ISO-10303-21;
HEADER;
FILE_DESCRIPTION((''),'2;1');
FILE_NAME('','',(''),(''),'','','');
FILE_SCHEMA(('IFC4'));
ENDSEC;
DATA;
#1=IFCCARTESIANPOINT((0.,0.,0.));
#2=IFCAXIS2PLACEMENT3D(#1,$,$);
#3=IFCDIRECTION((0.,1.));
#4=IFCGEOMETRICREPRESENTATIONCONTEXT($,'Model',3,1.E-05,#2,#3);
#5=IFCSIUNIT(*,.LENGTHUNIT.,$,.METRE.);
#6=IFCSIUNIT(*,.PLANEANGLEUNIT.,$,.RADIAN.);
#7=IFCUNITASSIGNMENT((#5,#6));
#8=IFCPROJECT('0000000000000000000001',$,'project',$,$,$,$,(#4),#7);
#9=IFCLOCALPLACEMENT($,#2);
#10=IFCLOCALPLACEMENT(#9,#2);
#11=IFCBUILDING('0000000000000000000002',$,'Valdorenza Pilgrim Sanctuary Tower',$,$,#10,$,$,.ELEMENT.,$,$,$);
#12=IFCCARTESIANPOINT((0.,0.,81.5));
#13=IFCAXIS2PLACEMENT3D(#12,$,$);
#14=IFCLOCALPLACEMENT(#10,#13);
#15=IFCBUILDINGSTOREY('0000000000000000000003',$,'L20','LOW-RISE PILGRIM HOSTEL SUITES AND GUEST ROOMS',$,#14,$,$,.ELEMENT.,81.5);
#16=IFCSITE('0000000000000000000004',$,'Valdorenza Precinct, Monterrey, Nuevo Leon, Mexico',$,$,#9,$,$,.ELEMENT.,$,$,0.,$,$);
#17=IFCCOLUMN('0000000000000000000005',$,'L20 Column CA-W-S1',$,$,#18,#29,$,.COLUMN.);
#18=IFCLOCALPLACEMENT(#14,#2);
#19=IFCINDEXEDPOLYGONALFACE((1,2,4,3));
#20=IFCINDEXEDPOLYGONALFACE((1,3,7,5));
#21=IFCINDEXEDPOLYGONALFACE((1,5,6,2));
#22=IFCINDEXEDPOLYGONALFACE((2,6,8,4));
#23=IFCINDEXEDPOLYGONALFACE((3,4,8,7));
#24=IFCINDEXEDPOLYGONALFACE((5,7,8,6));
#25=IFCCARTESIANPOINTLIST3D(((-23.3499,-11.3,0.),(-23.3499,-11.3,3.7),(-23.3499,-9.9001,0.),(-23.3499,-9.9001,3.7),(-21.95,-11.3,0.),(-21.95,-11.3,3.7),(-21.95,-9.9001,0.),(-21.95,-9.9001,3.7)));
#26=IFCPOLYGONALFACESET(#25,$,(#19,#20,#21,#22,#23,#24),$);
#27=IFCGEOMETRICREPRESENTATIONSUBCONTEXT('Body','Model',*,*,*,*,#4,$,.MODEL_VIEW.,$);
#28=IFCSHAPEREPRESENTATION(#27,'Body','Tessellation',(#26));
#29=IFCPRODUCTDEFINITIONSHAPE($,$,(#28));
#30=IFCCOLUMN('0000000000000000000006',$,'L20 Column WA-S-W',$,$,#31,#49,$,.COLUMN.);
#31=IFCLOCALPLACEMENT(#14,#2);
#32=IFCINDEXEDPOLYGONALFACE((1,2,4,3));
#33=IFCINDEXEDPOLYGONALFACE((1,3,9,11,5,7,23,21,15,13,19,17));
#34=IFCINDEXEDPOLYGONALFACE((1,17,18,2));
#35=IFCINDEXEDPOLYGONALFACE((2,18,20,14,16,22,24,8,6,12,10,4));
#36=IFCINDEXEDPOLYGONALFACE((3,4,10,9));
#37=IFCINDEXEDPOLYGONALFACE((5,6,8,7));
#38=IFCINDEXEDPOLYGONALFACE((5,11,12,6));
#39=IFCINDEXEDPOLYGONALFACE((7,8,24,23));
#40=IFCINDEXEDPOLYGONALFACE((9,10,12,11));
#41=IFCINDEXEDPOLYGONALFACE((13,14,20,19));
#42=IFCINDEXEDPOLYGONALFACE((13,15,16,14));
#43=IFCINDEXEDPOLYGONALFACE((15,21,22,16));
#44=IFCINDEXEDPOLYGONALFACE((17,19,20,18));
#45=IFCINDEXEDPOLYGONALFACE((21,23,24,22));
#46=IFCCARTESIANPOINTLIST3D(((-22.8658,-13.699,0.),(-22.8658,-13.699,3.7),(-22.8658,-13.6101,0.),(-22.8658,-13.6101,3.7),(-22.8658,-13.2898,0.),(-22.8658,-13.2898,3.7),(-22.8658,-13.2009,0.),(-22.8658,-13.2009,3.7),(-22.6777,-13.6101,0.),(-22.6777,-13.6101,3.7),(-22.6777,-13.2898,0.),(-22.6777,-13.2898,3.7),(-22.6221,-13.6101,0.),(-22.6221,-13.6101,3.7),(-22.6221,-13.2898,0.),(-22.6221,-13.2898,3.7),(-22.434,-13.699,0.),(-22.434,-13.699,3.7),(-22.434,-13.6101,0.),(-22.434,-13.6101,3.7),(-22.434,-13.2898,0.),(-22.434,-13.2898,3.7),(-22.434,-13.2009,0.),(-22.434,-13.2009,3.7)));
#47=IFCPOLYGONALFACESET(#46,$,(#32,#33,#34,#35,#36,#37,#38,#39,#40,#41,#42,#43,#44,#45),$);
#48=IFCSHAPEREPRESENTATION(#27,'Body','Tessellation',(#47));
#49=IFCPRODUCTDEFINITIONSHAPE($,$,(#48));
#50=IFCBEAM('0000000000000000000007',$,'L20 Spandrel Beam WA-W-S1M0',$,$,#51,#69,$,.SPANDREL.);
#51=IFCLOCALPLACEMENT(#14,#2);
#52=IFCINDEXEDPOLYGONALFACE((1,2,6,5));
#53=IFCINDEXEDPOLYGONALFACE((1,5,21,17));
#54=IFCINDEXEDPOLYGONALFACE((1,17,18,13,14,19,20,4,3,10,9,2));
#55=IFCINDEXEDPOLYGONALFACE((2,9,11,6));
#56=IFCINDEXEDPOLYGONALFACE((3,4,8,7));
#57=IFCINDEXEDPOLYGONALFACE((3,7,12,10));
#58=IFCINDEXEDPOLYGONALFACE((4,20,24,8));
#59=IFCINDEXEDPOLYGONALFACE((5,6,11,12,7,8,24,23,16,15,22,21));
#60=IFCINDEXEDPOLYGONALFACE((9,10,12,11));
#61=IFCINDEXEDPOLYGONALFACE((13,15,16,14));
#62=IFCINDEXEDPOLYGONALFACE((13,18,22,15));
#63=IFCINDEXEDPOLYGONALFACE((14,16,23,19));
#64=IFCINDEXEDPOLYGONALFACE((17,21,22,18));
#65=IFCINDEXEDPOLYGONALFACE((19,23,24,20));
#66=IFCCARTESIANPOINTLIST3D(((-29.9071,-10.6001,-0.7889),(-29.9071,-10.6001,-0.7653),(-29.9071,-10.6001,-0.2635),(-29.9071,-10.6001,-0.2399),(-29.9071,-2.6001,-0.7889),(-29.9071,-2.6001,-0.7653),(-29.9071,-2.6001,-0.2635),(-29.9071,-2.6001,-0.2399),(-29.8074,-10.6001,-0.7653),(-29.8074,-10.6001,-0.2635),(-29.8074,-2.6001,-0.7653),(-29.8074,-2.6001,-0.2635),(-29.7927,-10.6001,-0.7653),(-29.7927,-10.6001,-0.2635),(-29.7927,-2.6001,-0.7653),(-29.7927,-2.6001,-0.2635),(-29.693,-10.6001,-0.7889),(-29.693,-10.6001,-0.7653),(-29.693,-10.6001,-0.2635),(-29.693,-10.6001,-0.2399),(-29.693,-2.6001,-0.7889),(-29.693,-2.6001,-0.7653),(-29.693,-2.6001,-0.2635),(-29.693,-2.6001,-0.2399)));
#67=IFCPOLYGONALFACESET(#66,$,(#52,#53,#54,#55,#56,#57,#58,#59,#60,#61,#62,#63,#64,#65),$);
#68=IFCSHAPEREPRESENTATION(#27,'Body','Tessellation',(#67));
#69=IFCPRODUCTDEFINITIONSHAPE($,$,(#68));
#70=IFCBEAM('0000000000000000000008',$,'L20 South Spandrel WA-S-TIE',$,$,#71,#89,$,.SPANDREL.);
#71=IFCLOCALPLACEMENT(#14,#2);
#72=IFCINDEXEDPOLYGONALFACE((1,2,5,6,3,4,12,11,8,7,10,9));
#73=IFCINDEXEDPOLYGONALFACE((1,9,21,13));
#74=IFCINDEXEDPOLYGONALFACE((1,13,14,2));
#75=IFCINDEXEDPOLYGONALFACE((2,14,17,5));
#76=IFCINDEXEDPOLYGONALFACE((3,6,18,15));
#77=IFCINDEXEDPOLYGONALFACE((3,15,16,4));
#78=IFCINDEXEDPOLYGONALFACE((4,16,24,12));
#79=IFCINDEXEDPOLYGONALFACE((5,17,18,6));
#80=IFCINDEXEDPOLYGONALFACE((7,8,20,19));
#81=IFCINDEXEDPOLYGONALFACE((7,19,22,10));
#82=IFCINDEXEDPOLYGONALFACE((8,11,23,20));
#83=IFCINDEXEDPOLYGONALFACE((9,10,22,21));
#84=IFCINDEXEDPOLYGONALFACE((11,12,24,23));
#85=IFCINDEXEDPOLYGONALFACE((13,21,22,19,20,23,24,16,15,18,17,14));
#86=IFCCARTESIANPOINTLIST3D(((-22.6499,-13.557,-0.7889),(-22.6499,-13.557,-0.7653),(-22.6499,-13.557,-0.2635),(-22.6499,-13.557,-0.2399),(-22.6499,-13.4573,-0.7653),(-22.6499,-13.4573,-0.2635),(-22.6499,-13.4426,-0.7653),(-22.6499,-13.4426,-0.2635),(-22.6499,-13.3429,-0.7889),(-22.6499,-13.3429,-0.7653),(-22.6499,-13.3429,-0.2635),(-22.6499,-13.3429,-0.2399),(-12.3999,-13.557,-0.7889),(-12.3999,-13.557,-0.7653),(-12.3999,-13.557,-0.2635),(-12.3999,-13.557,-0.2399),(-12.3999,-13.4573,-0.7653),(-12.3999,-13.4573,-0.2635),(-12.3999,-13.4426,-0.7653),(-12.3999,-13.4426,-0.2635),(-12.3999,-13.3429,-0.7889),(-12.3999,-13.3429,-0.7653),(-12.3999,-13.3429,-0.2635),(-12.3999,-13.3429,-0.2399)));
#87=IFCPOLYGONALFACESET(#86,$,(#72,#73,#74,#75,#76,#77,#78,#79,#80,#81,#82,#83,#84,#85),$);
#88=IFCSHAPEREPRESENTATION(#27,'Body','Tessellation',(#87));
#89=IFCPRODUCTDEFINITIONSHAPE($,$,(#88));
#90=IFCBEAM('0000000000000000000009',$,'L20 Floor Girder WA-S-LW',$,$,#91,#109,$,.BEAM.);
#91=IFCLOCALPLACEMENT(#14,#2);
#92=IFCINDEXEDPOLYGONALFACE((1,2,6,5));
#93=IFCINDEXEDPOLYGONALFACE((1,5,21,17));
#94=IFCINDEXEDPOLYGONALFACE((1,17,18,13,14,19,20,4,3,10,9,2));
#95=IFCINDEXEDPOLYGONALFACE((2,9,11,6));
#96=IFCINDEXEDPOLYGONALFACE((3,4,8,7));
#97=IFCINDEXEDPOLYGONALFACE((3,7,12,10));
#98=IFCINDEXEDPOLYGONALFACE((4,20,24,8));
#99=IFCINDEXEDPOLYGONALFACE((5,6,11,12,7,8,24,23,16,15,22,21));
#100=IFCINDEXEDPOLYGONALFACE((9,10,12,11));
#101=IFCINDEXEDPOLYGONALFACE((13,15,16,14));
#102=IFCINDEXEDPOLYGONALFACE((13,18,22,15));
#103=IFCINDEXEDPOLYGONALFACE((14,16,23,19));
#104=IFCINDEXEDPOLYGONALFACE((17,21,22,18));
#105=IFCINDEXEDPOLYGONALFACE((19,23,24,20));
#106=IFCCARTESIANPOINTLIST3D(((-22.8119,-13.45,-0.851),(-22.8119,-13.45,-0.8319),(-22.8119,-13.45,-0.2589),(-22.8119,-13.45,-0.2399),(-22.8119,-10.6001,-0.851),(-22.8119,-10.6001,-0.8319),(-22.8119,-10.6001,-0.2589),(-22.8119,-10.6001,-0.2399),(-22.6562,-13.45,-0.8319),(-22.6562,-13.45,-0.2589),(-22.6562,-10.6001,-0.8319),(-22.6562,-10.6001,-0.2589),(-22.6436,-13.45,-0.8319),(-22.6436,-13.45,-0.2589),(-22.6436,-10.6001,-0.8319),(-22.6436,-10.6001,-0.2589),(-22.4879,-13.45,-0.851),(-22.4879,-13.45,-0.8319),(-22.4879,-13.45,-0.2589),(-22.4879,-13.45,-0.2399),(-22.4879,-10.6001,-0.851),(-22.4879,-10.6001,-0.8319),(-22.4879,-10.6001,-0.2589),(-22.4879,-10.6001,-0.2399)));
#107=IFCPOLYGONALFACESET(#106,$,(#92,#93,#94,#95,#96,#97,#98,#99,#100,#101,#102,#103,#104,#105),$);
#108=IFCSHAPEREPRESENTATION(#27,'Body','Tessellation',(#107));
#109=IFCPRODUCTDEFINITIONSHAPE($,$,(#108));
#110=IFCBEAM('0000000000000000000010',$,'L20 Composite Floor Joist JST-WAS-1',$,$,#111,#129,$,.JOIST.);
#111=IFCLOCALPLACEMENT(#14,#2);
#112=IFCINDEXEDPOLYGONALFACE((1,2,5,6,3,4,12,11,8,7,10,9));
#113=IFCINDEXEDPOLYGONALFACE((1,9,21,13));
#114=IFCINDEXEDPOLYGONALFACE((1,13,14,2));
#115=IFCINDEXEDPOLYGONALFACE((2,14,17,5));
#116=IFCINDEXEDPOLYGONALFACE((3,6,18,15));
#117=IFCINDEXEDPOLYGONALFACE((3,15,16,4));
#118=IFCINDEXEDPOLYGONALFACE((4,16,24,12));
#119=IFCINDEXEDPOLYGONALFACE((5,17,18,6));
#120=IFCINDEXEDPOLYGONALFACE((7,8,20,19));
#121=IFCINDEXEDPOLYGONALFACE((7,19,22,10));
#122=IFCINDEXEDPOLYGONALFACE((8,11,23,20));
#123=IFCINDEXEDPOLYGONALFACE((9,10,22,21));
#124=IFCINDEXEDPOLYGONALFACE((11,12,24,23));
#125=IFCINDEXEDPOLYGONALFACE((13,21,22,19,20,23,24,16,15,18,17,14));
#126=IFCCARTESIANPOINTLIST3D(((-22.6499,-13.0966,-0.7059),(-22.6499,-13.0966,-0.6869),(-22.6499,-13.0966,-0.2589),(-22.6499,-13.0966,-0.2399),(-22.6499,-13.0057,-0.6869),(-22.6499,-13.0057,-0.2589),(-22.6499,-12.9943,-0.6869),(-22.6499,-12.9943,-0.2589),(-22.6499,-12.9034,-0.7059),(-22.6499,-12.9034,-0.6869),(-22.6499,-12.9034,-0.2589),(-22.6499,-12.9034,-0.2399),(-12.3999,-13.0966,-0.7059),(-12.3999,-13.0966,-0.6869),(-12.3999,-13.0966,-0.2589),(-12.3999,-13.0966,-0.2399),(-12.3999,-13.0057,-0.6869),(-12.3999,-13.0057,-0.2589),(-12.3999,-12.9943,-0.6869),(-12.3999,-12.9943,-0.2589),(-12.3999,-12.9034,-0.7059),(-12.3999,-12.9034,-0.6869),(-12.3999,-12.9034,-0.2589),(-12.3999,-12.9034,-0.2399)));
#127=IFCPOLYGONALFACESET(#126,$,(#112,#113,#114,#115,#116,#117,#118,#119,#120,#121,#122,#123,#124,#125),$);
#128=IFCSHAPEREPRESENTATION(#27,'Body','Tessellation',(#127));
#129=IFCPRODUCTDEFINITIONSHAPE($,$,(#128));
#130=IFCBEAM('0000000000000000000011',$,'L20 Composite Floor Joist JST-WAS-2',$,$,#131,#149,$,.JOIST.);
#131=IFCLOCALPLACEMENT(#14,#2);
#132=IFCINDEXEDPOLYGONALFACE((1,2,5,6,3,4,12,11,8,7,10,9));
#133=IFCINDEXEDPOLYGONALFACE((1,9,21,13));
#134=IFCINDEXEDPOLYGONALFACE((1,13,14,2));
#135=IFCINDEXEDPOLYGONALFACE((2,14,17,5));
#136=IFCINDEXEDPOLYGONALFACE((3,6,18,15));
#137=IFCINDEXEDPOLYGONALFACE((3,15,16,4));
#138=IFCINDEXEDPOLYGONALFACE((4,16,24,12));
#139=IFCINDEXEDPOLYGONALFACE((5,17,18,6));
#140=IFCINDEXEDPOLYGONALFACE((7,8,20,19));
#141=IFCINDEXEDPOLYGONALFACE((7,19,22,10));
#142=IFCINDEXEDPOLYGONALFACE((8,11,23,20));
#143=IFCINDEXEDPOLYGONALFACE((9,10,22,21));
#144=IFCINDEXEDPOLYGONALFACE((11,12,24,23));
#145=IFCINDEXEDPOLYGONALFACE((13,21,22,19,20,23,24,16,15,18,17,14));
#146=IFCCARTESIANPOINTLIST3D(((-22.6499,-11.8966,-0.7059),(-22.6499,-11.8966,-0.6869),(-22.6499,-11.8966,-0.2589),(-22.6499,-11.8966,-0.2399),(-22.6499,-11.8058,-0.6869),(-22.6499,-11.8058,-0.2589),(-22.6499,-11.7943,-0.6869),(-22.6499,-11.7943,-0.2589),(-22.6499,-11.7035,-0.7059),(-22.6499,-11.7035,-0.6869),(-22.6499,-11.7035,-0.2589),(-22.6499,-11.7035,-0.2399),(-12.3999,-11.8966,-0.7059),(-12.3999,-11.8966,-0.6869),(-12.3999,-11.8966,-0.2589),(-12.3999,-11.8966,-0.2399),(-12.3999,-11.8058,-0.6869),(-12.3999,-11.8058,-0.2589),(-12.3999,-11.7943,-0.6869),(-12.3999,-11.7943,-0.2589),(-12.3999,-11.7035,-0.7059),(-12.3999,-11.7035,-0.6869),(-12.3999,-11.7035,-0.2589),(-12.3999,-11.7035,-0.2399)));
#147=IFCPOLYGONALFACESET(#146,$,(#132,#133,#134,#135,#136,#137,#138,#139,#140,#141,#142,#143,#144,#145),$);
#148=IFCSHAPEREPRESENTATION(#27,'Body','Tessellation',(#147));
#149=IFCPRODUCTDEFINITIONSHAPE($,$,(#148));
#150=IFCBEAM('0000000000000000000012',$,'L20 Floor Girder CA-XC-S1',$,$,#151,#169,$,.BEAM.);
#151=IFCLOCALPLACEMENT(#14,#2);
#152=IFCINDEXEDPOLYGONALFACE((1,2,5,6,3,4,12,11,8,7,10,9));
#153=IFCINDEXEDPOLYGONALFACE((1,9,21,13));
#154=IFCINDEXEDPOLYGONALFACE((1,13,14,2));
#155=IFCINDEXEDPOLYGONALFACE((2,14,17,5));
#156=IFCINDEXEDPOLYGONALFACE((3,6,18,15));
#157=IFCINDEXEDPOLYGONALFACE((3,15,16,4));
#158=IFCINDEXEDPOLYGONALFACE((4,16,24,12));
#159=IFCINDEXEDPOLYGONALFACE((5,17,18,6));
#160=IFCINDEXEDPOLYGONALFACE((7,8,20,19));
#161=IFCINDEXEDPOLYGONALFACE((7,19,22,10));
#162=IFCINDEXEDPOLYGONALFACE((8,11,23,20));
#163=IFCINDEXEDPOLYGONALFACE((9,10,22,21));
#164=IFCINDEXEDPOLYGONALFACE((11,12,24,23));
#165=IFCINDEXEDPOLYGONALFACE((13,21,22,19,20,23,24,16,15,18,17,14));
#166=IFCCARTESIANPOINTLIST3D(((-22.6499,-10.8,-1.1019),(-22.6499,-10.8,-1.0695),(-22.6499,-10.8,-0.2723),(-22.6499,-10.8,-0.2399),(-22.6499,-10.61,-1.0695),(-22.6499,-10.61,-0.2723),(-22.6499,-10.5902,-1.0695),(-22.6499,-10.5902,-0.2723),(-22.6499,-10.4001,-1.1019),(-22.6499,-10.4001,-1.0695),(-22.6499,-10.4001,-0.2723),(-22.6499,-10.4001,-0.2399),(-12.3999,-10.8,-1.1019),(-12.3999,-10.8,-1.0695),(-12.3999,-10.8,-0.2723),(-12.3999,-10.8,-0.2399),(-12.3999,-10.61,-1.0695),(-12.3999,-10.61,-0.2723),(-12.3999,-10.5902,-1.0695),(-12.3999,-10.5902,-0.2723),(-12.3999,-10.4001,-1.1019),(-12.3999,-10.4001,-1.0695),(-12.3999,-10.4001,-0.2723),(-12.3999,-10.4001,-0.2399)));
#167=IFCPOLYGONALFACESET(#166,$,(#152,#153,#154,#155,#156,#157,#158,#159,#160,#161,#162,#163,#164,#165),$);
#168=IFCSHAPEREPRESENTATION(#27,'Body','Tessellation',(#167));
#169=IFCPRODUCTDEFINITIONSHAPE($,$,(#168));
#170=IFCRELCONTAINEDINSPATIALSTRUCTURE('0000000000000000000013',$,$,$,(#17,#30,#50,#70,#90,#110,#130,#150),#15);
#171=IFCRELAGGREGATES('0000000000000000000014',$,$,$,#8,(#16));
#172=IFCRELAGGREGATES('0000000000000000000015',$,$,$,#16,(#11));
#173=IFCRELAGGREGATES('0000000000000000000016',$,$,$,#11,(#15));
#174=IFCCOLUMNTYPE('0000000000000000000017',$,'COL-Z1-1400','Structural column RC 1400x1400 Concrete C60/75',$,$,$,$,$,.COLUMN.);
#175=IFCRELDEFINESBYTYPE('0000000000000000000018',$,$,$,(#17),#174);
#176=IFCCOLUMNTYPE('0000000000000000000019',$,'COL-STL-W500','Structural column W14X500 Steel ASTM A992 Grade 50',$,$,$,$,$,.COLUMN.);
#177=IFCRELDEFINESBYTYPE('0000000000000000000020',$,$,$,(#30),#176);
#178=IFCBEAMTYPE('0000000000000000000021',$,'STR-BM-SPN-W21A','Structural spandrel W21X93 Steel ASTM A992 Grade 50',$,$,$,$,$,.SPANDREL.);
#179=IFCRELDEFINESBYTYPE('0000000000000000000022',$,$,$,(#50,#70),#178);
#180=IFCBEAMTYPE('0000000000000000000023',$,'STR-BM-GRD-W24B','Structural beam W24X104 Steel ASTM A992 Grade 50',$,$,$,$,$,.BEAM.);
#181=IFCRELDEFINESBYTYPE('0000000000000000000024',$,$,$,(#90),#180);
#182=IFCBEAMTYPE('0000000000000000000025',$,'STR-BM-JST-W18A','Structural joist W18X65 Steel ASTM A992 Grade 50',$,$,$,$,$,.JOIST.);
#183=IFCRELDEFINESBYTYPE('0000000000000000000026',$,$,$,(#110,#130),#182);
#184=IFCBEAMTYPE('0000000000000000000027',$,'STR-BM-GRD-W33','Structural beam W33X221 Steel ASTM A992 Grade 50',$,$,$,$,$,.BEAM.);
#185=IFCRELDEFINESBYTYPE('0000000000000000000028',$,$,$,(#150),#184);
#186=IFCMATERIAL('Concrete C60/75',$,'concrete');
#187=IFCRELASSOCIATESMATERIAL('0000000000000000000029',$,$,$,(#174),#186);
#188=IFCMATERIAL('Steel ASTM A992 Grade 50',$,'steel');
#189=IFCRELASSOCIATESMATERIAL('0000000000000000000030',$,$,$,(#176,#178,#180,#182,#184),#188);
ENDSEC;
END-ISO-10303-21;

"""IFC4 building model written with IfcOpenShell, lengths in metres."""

from ifc_helpers import new_model, si_unit, direction, frame, origin, origin_2d, place, context, subcontext, project, spatial, rectangle, i_section, extrude, source, transform, mapped, material, material_profile, profile_set, type_object, element, save


model = new_model("IFC4")

# Units and contexts
model_context = context("Model", 3, precision=1e-05, world=origin(), true_north=direction((0.0, 1.0)))
body_context = subcontext(model_context, "Body", "Model", "MODEL_VIEW")
ifc_project = project(units=[si_unit("LENGTHUNIT", "METRE"), si_unit("PLANEANGLEUNIT", "RADIAN")], contexts=[model_context])

# Site, building, storey
site_placement = place(None, origin())
site = spatial("IfcSite", under=ifc_project, at=site_placement, Name="Valdorenza Precinct, Monterrey, Nuevo Leon, Mexico", CompositionType="ELEMENT", RefElevation=0.0)
building_placement = place(site_placement, origin())
building = spatial("IfcBuilding", under=site, at=building_placement, Name="Valdorenza Pilgrim Sanctuary Tower", CompositionType="ELEMENT")
storey_placement = place(building_placement, frame((0.0, 0.0, 81.5)))
storey = spatial("IfcBuildingStorey", under=building, at=storey_placement, Name="L20", Description="LOW-RISE PILGRIM HOSTEL SUITES AND GUEST ROOMS", CompositionType="ELEMENT", Elevation=81.5)

# Columns
ifc_material_1 = material(Name="Concrete C60/75", Category="concrete")
ifc_material_profile_1 = material_profile(ifc_material_1, rectangle(XDim=1.3999, YDim=1.3999, at=origin_2d()), Name="RC 1400x1400")
ifc_profile_set_1 = profile_set([ifc_material_profile_1], Name="Concrete C60/75")
column_type_1 = type_object("IfcColumnType", Name="COL-Z1-1400", Description="Structural column RC 1400x1400 Concrete C60/75", PredefinedType="COLUMN", material=ifc_profile_set_1)
shared_shape_1 = source(origin(), body_context, "Body", "SweptSolid", [
    extrude(rectangle(XDim=1.3999, YDim=1.3999, at=origin_2d()), origin(), (0.0, 0.0, 1.0), 3.7),
])
column_1_placement = place(storey_placement, frame((-22.6499, -10.6001, 0.0), z_axis=(0.0, 0.0, 1.0), x_axis=(1.0, 0.0, 0.0)))
element("IfcColumn", 1, at=column_1_placement, inside=storey, type_object=column_type_1, Name="L20 Column CA-W-S1", PredefinedType="COLUMN", context=body_context, shape_type="MappedRepresentation", body=[
    mapped(shared_shape_1, transform((0.0, 0.0, 0.0), x_axis=(1.0, 0.0, 0.0), y_axis=(0.0, 1.0, 0.0), z_axis=(0.0, 0.0, 1.0), scale=1.0)),
])
ifc_material_2 = material(Name="Steel ASTM A992 Grade 50", Category="steel")
ifc_material_profile_2 = material_profile(ifc_material_2, i_section(OverallWidth=0.4319, OverallDepth=0.498, WebThickness=0.0557, FlangeThickness=0.0889, at=origin_2d()), Name="W14X500")
ifc_profile_set_2 = profile_set([ifc_material_profile_2], Name="Steel ASTM A992 Grade 50")
column_type_2 = type_object("IfcColumnType", Name="COL-STL-W500", Description="Structural column W14X500 Steel ASTM A992 Grade 50", PredefinedType="COLUMN", material=ifc_profile_set_2)
shared_shape_2 = source(origin(), body_context, "Body", "SweptSolid", [
    extrude(i_section(OverallWidth=0.4319, OverallDepth=0.498, WebThickness=0.0557, FlangeThickness=0.0889, at=origin_2d()), origin(), (0.0, 0.0, 1.0), 3.7),
])
column_2_placement = place(storey_placement, frame((-22.6499, -13.45, 0.0), z_axis=(0.0, 0.0, 1.0), x_axis=(1.0, 0.0, 0.0)))
element("IfcColumn", 2, at=column_2_placement, inside=storey, type_object=column_type_2, Name="L20 Column WA-S-W", PredefinedType="COLUMN", context=body_context, shape_type="MappedRepresentation", body=[
    mapped(shared_shape_2, transform((0.0, 0.0, 0.0), x_axis=(1.0, 0.0, 0.0), y_axis=(0.0, 1.0, 0.0), z_axis=(0.0, 0.0, 1.0), scale=1.0)),
])

# Beams
ifc_material_profile_3 = material_profile(ifc_material_2, i_section(OverallWidth=0.2141, OverallDepth=0.5491, WebThickness=0.0146, FlangeThickness=0.0237, at=origin_2d()), Name="W21X93")
ifc_profile_set_3 = profile_set([ifc_material_profile_3], Name="Steel ASTM A992 Grade 50")
beam_type_1 = type_object("IfcBeamType", Name="STR-BM-SPN-W21A", Description="Structural spandrel W21X93 Steel ASTM A992 Grade 50", PredefinedType="SPANDREL", material=ifc_profile_set_3)
shared_shape_3 = source(origin(), body_context, "Body", "SweptSolid", [
    extrude(i_section(OverallWidth=0.2141, OverallDepth=0.5491, WebThickness=0.0146, FlangeThickness=0.0237, at=origin_2d()), origin(), (0.0, 0.0, 1.0), 8.0),
])
beam_1_placement = place(storey_placement, frame((-29.8, -10.6001, -0.5144), z_axis=(0.0, 1.0, 0.0), x_axis=(-1.0, 0.0, 0.0)))
element("IfcBeam", 3, at=beam_1_placement, inside=storey, type_object=beam_type_1, Name="L20 Spandrel Beam WA-W-S1M0", PredefinedType="SPANDREL", context=body_context, shape_type="MappedRepresentation", body=[
    mapped(shared_shape_3, transform((0.0, 0.0, 0.0), x_axis=(1.0, 0.0, 0.0), y_axis=(0.0, 1.0, 0.0), z_axis=(0.0, 0.0, 1.0), scale=1.0)),
])
shared_shape_4 = source(origin(), body_context, "Body", "SweptSolid", [
    extrude(i_section(OverallWidth=0.2141, OverallDepth=0.5491, WebThickness=0.0146, FlangeThickness=0.0237, at=origin_2d()), origin(), (0.0, 0.0, 1.0), 10.25),
])
beam_2_placement = place(storey_placement, frame((-22.6499, -13.45, -0.5144), z_axis=(1.0, 0.0, 0.0), x_axis=(0.0, 1.0, 0.0)))
element("IfcBeam", 4, at=beam_2_placement, inside=storey, type_object=beam_type_1, Name="L20 South Spandrel WA-S-TIE", PredefinedType="SPANDREL", context=body_context, shape_type="MappedRepresentation", body=[
    mapped(shared_shape_4, transform((0.0, 0.0, 0.0), x_axis=(1.0, 0.0, 0.0), y_axis=(0.0, 1.0, 0.0), z_axis=(0.0, 0.0, 1.0), scale=1.0)),
])
ifc_material_profile_4 = material_profile(ifc_material_2, i_section(OverallWidth=0.324, OverallDepth=0.6111, WebThickness=0.0127, FlangeThickness=0.019, at=origin_2d()), Name="W24X104")
ifc_profile_set_4 = profile_set([ifc_material_profile_4], Name="Steel ASTM A992 Grade 50")
beam_type_2 = type_object("IfcBeamType", Name="STR-BM-GRD-W24B", Description="Structural beam W24X104 Steel ASTM A992 Grade 50", PredefinedType="BEAM", material=ifc_profile_set_4)
shared_shape_5 = source(origin(), body_context, "Body", "SweptSolid", [
    extrude(i_section(OverallWidth=0.324, OverallDepth=0.6111, WebThickness=0.0127, FlangeThickness=0.019, at=origin_2d()), origin(), (0.0, 0.0, 1.0), 2.8499),
])
beam_3_placement = place(storey_placement, frame((-22.6499, -13.45, -0.5454), z_axis=(0.0, 1.0, 0.0), x_axis=(-1.0, 0.0, 0.0)))
element("IfcBeam", 5, at=beam_3_placement, inside=storey, type_object=beam_type_2, Name="L20 Floor Girder WA-S-LW", PredefinedType="BEAM", context=body_context, shape_type="MappedRepresentation", body=[
    mapped(shared_shape_5, transform((0.0, 0.0, 0.0), x_axis=(1.0, 0.0, 0.0), y_axis=(0.0, 1.0, 0.0), z_axis=(0.0, 0.0, 1.0), scale=1.0)),
])
ifc_material_profile_5 = material_profile(ifc_material_2, i_section(OverallWidth=0.1931, OverallDepth=0.4661, WebThickness=0.0115, FlangeThickness=0.019, at=origin_2d()), Name="W18X65")
ifc_profile_set_5 = profile_set([ifc_material_profile_5], Name="Steel ASTM A992 Grade 50")
beam_type_3 = type_object("IfcBeamType", Name="STR-BM-JST-W18A", Description="Structural joist W18X65 Steel ASTM A992 Grade 50", PredefinedType="JOIST", material=ifc_profile_set_5)
shared_shape_6 = source(origin(), body_context, "Body", "SweptSolid", [
    extrude(i_section(OverallWidth=0.1931, OverallDepth=0.4661, WebThickness=0.0115, FlangeThickness=0.019, at=origin_2d()), origin(), (0.0, 0.0, 1.0), 10.25),
])
for number, where, z_axis, x_axis, name in (
    (6, (-22.6499, -13.0, -0.4729), (1.0, 0.0, 0.0), (0.0, 1.0, 0.0), "L20 Composite Floor Joist JST-WAS-1"),
    (7, (-22.6499, -11.8, -0.4729), (1.0, 0.0, 0.0), (0.0, 1.0, 0.0), "L20 Composite Floor Joist JST-WAS-2"),
):
    element("IfcBeam", number, at=place(storey_placement, frame(where, z_axis=z_axis, x_axis=x_axis)), inside=storey, type_object=beam_type_3, Name=name, PredefinedType="JOIST", context=body_context, shape_type="MappedRepresentation", body=[
        mapped(shared_shape_6, transform((0.0, 0.0, 0.0), x_axis=(1.0, 0.0, 0.0), y_axis=(0.0, 1.0, 0.0), z_axis=(0.0, 0.0, 1.0), scale=1.0)),
    ])
ifc_material_profile_6 = material_profile(ifc_material_2, i_section(OverallWidth=0.3999, OverallDepth=0.8621, WebThickness=0.0198, FlangeThickness=0.0325, at=origin_2d()), Name="W33X221")
ifc_profile_set_6 = profile_set([ifc_material_profile_6], Name="Steel ASTM A992 Grade 50")
beam_type_4 = type_object("IfcBeamType", Name="STR-BM-GRD-W33", Description="Structural beam W33X221 Steel ASTM A992 Grade 50", PredefinedType="BEAM", material=ifc_profile_set_6)
shared_shape_7 = source(origin(), body_context, "Body", "SweptSolid", [
    extrude(i_section(OverallWidth=0.3999, OverallDepth=0.8621, WebThickness=0.0198, FlangeThickness=0.0325, at=origin_2d()), origin(), (0.0, 0.0, 1.0), 10.25),
])
beam_4_placement = place(storey_placement, frame((-22.6499, -10.6001, -0.6709), z_axis=(1.0, 0.0, 0.0), x_axis=(0.0, 1.0, 0.0)))
element("IfcBeam", 8, at=beam_4_placement, inside=storey, type_object=beam_type_4, Name="L20 Floor Girder CA-XC-S1", PredefinedType="BEAM", context=body_context, shape_type="MappedRepresentation", body=[
    mapped(shared_shape_7, transform((0.0, 0.0, 0.0), x_axis=(1.0, 0.0, 0.0), y_axis=(0.0, 1.0, 0.0), z_axis=(0.0, 0.0, 1.0), scale=1.0)),
])

save(model, "model.ifc")
